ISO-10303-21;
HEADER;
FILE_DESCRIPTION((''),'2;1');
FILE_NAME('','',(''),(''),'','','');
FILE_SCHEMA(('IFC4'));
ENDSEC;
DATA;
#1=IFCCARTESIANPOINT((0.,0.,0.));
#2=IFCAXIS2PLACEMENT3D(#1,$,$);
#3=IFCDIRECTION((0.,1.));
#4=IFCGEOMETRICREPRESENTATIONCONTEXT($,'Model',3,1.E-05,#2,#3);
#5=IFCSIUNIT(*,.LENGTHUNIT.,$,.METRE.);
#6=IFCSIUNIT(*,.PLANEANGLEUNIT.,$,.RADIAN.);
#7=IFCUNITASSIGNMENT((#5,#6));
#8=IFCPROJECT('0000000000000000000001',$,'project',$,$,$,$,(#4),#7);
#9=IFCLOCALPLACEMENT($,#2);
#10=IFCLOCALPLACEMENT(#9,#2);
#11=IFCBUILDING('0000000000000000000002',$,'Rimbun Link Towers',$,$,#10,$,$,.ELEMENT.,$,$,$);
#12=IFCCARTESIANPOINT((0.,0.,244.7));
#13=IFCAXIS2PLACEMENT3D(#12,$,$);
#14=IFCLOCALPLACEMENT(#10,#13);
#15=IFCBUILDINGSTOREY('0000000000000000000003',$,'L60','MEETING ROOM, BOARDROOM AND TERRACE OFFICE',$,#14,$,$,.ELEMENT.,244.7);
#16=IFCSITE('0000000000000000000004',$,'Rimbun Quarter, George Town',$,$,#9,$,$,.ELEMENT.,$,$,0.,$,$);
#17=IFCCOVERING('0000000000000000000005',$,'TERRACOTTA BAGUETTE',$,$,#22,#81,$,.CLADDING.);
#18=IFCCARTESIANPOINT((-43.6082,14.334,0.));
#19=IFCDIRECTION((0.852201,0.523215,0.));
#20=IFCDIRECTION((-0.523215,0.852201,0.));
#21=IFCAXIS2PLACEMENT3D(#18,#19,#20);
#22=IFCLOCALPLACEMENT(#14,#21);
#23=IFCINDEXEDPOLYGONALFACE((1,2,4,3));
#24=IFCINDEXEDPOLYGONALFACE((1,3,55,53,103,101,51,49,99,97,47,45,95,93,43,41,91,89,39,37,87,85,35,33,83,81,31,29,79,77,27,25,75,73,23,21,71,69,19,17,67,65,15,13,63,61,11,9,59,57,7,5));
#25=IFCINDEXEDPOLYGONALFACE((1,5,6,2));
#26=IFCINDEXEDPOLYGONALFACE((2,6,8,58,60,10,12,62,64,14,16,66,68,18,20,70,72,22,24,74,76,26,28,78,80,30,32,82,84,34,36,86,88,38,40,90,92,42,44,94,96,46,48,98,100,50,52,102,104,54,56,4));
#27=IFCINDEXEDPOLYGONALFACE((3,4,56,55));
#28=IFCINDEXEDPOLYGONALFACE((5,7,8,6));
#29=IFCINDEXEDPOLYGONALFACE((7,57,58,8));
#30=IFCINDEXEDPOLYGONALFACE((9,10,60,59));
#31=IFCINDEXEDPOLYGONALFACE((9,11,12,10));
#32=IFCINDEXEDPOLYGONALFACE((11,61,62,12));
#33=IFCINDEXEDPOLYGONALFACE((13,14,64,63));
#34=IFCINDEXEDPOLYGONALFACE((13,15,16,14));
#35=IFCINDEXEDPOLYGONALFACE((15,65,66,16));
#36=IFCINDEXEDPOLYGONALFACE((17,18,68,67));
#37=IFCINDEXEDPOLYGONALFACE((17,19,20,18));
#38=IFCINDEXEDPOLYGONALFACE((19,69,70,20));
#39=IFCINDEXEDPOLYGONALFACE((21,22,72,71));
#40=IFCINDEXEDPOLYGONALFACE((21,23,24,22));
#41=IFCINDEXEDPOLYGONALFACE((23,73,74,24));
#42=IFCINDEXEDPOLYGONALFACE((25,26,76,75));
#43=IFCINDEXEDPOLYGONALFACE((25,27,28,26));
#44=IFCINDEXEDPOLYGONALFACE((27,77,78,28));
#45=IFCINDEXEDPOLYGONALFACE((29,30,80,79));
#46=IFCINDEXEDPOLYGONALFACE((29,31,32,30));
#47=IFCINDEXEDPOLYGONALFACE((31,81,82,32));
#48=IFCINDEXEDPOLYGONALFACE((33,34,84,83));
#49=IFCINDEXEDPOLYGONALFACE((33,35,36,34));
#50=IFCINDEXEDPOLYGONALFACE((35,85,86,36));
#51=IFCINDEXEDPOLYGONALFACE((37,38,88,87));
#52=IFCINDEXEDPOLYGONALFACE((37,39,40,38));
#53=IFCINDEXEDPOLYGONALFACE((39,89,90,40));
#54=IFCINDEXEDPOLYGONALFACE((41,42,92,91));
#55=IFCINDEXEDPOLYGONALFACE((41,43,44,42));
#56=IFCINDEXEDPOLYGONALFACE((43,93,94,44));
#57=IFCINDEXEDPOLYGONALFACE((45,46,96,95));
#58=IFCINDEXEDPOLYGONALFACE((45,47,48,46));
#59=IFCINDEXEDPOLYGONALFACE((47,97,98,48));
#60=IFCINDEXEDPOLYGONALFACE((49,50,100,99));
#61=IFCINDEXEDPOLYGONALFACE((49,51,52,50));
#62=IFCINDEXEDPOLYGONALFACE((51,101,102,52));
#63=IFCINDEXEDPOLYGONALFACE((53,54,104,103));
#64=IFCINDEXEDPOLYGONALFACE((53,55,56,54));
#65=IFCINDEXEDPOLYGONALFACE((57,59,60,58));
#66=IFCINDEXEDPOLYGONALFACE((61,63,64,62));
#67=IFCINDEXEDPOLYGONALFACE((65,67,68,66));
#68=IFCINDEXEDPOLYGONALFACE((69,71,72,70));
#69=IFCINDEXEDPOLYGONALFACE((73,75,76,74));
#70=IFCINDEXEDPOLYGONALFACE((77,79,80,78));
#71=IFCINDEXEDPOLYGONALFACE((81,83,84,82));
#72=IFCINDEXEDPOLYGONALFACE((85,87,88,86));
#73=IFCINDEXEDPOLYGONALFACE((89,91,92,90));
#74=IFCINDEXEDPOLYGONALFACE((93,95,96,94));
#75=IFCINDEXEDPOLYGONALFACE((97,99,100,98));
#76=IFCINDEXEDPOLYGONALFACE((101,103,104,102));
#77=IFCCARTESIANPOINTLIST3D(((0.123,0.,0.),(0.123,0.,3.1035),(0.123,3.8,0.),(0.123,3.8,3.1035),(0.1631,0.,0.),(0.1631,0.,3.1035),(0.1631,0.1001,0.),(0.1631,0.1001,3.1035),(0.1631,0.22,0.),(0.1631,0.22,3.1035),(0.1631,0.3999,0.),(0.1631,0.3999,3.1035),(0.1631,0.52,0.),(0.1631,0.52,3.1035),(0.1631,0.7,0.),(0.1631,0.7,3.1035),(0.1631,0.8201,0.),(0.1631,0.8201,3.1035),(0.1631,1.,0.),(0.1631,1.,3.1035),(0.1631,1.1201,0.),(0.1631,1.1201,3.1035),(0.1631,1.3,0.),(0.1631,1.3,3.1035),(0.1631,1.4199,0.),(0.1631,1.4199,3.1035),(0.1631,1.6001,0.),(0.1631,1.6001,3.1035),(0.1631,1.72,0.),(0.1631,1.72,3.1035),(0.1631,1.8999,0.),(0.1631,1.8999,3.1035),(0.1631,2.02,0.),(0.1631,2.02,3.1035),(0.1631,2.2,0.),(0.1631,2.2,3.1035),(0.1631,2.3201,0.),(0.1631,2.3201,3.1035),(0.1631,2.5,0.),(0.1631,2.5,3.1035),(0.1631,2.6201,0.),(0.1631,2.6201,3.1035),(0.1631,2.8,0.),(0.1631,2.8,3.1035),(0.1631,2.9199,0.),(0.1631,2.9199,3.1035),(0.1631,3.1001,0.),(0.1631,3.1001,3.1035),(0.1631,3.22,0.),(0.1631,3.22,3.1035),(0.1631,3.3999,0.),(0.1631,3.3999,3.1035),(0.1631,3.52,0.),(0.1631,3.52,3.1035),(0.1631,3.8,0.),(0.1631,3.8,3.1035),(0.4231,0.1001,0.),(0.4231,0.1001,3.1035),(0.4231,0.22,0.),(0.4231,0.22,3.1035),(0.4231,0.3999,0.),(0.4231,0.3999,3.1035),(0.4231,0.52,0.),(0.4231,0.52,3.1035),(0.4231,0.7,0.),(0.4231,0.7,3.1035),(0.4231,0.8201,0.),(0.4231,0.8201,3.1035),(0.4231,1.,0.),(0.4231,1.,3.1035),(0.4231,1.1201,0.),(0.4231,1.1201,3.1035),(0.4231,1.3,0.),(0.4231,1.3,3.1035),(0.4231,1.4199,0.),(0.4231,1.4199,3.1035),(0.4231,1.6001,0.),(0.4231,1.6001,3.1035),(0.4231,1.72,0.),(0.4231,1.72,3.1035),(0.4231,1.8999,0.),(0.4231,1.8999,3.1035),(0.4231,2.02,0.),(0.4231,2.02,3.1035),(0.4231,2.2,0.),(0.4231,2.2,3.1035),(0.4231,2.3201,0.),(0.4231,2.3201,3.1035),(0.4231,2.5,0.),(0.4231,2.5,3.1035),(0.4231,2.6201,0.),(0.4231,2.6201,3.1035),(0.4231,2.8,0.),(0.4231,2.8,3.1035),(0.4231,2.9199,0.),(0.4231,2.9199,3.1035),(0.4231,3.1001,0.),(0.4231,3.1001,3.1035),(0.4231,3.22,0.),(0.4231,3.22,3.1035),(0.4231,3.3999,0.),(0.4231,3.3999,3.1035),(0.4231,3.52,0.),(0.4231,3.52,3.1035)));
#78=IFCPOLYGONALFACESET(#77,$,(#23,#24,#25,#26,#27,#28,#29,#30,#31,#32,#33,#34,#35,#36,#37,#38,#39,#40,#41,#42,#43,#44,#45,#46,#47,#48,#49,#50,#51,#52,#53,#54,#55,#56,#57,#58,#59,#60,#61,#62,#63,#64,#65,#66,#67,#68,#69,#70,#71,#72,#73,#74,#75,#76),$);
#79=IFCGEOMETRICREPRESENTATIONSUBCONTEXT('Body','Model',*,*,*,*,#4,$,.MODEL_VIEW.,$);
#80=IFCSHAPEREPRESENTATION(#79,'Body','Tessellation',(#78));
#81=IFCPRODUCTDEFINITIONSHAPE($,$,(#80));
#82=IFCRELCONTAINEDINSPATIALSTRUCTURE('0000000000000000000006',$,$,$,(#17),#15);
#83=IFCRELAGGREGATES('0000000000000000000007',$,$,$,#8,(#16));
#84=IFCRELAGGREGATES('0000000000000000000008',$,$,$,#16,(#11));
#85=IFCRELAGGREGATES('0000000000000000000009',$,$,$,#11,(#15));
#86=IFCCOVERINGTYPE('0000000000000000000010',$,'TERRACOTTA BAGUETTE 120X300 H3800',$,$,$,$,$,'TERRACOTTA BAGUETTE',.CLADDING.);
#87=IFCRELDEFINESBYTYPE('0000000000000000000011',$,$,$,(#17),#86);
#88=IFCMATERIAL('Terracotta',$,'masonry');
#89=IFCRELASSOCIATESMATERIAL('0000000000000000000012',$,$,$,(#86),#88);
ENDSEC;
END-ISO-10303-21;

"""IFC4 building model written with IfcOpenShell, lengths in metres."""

from ifc_helpers import new_model, si_unit, direction, frame, origin, place, context, subcontext, project, spatial, polyline, outline, extrude, material, material_profile, profile_set, type_object, element, save


model = new_model("IFC4")

# Units and contexts
model_context = context("Model", 3, precision=1e-05, world=origin(), true_north=direction((0.0, 1.0)))
body_context = subcontext(model_context, "Body", "Model", "MODEL_VIEW")
ifc_project = project(units=[si_unit("LENGTHUNIT", "METRE"), si_unit("PLANEANGLEUNIT", "RADIAN")], contexts=[model_context])

# Site, building, storey
site_placement = place(None, origin())
site = spatial("IfcSite", under=ifc_project, at=site_placement, Name="Rimbun Quarter, George Town", CompositionType="ELEMENT", RefElevation=0.0)
building_placement = place(site_placement, origin())
building = spatial("IfcBuilding", under=site, at=building_placement, Name="Rimbun Link Towers", CompositionType="ELEMENT")
storey_placement = place(building_placement, frame((0.0, 0.0, 244.7)))
storey = spatial("IfcBuildingStorey", under=building, at=storey_placement, Name="L60", Description="MEETING ROOM, BOARDROOM AND TERRACE OFFICE", CompositionType="ELEMENT", Elevation=244.7)

# Covering
ifc_material_1 = material(Name="Terracotta", Category="masonry")
ifc_material_profile_1 = material_profile(ifc_material_1, outline(polyline([(0.123, 0.0), (0.1631, 0.0), (0.1631, 0.1001), (0.4231, 0.1001), (0.4231, 0.22), (0.1631, 0.22), (0.1631, 0.3999), (0.4231, 0.3999), (0.4231, 0.52), (0.1631, 0.52), (0.1631, 0.7), (0.4231, 0.7), (0.4231, 0.8201), (0.1631, 0.8201), (0.1631, 1.0), (0.4231, 1.0), (0.4231, 1.1201), (0.1631, 1.1201), (0.1631, 1.3), (0.4231, 1.3), (0.4231, 1.4199), (0.1631, 1.4199), (0.1631, 1.6001), (0.4231, 1.6001), (0.4231, 1.72), (0.1631, 1.72), (0.1631, 1.8999), (0.4231, 1.8999), (0.4231, 2.02), (0.1631, 2.02), (0.1631, 2.2), (0.4231, 2.2), (0.4231, 2.3201), (0.1631, 2.3201), (0.1631, 2.5), (0.4231, 2.5), (0.4231, 2.6201), (0.1631, 2.6201), (0.1631, 2.8), (0.4231, 2.8), (0.4231, 2.9199), (0.1631, 2.9199), (0.1631, 3.1001), (0.4231, 3.1001), (0.4231, 3.22), (0.1631, 3.22), (0.1631, 3.3999), (0.4231, 3.3999), (0.4231, 3.52), (0.1631, 3.52), (0.1631, 3.8), (0.123, 3.8), (0.123, 0.0)])), Name="BAGUETTE 120X300")
ifc_profile_set_1 = profile_set([ifc_material_profile_1], Name="Terracotta")
covering_type = type_object("IfcCoveringType", Name="TERRACOTTA BAGUETTE 120X300 H3800", ElementType="TERRACOTTA BAGUETTE", PredefinedType="CLADDING", material=ifc_profile_set_1)
covering_1_placement = place(storey_placement, frame((-43.6082, 14.334, 0.0), z_axis=(0.852201, 0.523215, 0.0), x_axis=(-0.523215, 0.852201, 0.0)))
element("IfcCovering", 1, at=covering_1_placement, inside=storey, type_object=covering_type, Name="TERRACOTTA BAGUETTE", PredefinedType="CLADDING", context=body_context, shape_type="SweptSolid", body=[
    extrude(outline(polyline([(0.123, 0.0), (0.1631, 0.0), (0.1631, 0.1001), (0.4231, 0.1001), (0.4231, 0.22), (0.1631, 0.22), (0.1631, 0.3999), (0.4231, 0.3999), (0.4231, 0.52), (0.1631, 0.52), (0.1631, 0.7), (0.4231, 0.7), (0.4231, 0.8201), (0.1631, 0.8201), (0.1631, 1.0), (0.4231, 1.0), (0.4231, 1.1201), (0.1631, 1.1201), (0.1631, 1.3), (0.4231, 1.3), (0.4231, 1.4199), (0.1631, 1.4199), (0.1631, 1.6001), (0.4231, 1.6001), (0.4231, 1.72), (0.1631, 1.72), (0.1631, 1.8999), (0.4231, 1.8999), (0.4231, 2.02), (0.1631, 2.02), (0.1631, 2.2), (0.4231, 2.2), (0.4231, 2.3201), (0.1631, 2.3201), (0.1631, 2.5), (0.4231, 2.5), (0.4231, 2.6201), (0.1631, 2.6201), (0.1631, 2.8), (0.4231, 2.8), (0.4231, 2.9199), (0.1631, 2.9199), (0.1631, 3.1001), (0.4231, 3.1001), (0.4231, 3.22), (0.1631, 3.22), (0.1631, 3.3999), (0.4231, 3.3999), (0.4231, 3.52), (0.1631, 3.52), (0.1631, 3.8), (0.123, 3.8), (0.123, 0.0)])), origin(), (0.0, 0.0, 1.0), 3.1035),
])

save(model, "model.ifc")
